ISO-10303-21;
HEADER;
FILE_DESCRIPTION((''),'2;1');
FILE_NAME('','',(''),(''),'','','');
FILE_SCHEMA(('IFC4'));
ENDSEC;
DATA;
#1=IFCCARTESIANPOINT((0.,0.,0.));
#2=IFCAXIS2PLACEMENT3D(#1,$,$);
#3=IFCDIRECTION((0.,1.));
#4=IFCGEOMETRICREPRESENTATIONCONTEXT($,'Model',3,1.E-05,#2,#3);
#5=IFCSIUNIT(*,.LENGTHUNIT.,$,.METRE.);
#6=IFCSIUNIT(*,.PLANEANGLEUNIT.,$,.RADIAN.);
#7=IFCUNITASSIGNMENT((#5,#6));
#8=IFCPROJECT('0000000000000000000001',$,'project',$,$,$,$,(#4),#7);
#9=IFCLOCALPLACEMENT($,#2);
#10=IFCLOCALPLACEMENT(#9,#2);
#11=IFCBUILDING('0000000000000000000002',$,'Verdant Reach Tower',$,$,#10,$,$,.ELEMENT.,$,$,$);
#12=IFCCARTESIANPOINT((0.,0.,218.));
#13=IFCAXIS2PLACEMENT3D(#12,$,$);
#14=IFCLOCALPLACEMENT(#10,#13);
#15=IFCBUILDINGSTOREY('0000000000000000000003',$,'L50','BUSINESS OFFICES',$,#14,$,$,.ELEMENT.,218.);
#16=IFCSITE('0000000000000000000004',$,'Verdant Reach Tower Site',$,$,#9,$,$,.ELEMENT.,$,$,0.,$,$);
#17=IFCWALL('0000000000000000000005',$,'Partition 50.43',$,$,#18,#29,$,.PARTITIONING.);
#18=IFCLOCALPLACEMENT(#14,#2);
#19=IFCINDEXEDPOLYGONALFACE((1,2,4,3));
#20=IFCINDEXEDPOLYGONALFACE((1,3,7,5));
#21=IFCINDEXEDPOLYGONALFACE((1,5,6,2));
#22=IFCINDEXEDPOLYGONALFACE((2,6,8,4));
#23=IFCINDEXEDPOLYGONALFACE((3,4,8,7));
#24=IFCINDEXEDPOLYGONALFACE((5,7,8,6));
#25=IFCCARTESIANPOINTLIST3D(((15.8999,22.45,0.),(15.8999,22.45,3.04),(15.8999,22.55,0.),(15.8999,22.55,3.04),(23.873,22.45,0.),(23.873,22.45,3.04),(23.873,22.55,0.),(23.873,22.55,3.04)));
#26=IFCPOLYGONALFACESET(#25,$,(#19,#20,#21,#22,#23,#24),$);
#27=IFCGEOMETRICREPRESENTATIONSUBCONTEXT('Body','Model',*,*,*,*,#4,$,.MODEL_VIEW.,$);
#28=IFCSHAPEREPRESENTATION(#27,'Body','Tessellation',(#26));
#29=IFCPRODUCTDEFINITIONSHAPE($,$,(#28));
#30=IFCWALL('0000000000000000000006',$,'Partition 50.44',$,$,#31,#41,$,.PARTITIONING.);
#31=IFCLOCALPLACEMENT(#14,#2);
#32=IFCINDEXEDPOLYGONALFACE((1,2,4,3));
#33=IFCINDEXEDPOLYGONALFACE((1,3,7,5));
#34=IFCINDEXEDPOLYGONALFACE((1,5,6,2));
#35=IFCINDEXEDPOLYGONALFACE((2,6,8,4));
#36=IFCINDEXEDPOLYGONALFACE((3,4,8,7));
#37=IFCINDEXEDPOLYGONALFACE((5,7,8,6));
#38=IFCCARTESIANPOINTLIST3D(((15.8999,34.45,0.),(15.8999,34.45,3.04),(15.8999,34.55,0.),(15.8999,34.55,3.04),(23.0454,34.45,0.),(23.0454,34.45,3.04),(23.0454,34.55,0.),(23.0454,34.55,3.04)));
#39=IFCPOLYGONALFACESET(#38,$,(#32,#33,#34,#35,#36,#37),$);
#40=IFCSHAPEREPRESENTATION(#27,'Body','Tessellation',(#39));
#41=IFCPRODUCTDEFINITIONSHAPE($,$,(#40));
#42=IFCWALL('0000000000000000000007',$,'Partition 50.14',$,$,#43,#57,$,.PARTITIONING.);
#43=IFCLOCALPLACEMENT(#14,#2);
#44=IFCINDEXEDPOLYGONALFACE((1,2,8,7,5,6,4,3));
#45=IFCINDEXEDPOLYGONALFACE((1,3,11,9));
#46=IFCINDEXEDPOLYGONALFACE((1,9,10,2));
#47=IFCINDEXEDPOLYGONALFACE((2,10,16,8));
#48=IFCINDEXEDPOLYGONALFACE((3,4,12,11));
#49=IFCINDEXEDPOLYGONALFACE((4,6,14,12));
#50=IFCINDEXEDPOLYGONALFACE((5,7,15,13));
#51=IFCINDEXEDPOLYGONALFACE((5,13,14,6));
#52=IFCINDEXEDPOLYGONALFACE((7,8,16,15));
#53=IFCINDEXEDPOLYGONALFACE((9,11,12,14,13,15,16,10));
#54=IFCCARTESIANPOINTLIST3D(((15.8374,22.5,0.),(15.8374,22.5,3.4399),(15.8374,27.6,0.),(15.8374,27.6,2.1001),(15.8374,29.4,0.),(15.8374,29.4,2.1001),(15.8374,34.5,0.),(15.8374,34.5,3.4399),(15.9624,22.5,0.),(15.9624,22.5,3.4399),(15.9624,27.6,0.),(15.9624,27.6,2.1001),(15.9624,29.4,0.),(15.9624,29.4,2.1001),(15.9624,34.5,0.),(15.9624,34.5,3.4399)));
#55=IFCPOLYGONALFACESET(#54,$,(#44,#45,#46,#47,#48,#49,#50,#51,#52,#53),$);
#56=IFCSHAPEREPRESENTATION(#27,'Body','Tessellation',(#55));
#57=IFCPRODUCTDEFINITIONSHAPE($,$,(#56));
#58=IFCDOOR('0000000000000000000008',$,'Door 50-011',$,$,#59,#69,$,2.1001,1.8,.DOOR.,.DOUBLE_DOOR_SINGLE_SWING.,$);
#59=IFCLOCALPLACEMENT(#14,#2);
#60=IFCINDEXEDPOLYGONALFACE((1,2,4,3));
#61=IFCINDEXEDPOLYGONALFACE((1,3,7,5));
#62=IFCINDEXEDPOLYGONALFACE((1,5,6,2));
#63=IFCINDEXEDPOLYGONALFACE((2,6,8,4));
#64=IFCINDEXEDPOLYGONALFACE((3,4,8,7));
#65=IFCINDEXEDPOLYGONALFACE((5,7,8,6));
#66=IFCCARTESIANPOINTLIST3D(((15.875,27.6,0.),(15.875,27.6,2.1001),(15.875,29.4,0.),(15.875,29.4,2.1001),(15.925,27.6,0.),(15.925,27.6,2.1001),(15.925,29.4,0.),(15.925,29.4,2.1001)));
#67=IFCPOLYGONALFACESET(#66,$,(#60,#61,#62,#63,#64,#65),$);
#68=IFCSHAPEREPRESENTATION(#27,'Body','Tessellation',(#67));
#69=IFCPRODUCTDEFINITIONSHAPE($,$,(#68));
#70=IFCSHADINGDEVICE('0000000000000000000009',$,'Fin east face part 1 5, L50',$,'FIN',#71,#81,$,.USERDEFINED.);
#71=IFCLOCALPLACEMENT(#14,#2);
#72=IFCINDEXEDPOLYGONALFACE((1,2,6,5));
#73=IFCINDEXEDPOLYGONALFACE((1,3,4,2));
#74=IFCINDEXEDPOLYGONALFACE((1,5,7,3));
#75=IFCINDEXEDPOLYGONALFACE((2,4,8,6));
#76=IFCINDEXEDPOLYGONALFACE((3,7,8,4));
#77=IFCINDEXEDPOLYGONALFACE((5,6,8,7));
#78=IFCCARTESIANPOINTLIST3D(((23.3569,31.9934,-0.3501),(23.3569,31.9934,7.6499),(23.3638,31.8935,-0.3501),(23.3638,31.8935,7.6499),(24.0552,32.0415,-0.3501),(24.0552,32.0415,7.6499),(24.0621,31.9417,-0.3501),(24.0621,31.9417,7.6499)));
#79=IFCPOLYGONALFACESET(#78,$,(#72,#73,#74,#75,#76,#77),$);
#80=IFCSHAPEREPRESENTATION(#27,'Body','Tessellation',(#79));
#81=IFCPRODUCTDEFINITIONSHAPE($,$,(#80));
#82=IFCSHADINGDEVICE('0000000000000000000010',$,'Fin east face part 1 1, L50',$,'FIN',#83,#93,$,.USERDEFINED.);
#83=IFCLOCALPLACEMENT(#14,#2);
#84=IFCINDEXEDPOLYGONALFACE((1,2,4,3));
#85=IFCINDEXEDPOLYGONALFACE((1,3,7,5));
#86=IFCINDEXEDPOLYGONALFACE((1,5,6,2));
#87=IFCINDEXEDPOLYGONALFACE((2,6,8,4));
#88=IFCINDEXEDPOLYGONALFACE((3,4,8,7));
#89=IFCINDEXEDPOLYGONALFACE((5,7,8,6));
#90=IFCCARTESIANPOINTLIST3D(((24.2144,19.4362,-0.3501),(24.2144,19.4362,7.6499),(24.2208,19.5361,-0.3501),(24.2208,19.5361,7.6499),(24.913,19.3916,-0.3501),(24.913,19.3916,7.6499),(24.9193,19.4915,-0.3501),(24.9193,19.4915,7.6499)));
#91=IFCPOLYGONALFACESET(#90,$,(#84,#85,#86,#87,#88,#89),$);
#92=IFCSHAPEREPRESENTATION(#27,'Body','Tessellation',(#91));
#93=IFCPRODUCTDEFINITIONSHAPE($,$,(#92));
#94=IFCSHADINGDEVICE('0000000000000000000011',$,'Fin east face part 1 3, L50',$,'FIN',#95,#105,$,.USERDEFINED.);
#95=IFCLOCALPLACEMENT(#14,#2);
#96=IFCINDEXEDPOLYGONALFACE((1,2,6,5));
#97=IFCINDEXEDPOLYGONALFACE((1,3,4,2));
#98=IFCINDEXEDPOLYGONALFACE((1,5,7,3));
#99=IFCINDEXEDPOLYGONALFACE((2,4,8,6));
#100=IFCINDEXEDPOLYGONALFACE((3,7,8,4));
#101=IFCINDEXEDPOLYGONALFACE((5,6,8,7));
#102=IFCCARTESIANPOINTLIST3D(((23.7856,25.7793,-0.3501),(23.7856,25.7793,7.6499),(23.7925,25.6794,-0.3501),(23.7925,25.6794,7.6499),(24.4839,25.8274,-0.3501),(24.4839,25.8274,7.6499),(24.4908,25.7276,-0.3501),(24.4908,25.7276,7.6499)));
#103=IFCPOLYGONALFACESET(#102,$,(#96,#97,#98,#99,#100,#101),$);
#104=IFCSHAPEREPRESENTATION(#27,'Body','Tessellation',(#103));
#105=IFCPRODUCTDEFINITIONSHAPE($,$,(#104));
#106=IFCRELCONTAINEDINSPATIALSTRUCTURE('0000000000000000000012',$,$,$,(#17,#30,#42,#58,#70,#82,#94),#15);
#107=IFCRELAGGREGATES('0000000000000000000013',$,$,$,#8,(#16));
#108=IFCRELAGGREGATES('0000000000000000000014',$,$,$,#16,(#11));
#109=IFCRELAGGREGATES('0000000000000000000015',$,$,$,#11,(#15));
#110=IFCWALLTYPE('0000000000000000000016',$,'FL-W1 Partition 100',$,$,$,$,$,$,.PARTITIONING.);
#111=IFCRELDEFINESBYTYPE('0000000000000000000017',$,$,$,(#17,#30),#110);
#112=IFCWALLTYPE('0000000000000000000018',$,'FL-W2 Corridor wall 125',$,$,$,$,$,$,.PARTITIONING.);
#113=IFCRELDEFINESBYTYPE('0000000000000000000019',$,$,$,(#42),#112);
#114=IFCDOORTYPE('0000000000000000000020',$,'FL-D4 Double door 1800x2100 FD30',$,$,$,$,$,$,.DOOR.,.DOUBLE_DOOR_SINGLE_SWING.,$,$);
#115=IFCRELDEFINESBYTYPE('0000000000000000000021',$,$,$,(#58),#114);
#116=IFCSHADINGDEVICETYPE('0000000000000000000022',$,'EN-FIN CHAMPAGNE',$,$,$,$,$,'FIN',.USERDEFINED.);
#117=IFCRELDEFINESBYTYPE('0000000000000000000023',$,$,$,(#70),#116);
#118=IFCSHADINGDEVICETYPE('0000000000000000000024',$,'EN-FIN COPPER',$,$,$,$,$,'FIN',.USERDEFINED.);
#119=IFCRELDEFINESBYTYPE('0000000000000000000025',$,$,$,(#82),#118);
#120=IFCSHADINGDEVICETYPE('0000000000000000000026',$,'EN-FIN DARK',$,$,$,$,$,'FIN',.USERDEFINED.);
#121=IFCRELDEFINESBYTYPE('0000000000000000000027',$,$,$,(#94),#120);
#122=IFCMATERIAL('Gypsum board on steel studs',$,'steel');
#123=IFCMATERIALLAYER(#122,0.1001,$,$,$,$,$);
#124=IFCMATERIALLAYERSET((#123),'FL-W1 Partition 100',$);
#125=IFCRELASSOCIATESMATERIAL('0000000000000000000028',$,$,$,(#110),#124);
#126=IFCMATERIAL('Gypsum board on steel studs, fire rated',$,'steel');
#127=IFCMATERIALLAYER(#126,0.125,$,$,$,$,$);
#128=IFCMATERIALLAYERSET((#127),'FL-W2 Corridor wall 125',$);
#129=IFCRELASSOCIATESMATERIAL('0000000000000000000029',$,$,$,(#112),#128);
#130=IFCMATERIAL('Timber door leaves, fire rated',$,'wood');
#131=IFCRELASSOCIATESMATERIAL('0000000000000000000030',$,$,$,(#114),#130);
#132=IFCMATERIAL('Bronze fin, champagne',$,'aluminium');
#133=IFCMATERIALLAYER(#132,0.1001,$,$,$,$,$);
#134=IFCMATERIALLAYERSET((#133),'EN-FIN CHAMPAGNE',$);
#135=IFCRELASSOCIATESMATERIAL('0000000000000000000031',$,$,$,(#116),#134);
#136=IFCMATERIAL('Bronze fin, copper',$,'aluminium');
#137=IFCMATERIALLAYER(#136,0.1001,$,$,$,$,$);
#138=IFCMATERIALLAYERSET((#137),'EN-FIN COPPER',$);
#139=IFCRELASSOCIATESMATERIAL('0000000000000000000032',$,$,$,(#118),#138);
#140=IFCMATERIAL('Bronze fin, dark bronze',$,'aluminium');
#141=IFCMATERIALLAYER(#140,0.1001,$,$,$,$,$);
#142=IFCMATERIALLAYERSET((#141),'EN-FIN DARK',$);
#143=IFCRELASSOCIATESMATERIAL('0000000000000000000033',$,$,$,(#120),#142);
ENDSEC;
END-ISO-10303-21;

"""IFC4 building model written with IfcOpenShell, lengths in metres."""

from ifc_helpers import new_model, si_unit, direction, frame, frame_2d, origin, origin_2d, place, context, subcontext, project, spatial, rectangle, extrude, material, layer, layer_set, type_object, element, fill, save


model = new_model("IFC4")

# Units and contexts
model_context = context("Model", 3, precision=1e-05, world=origin(), true_north=direction((0.0, 1.0)))
body_context = subcontext(model_context, "Body", "Model", "MODEL_VIEW")
ifc_project = project(units=[si_unit("LENGTHUNIT", "METRE"), si_unit("PLANEANGLEUNIT", "RADIAN")], contexts=[model_context])

# Site, building, storey
site_placement = place(None, origin())
site = spatial("IfcSite", under=ifc_project, at=site_placement, Name="Verdant Reach Tower Site", CompositionType="ELEMENT", RefElevation=0.0)
building_placement = place(site_placement, origin())
building = spatial("IfcBuilding", under=site, at=building_placement, Name="Verdant Reach Tower", CompositionType="ELEMENT")
storey_placement = place(building_placement, frame((0.0, 0.0, 218.0)))
storey = spatial("IfcBuildingStorey", under=building, at=storey_placement, Name="L50", Description="BUSINESS OFFICES", CompositionType="ELEMENT", Elevation=218.0)

# Walls
ifc_material_1 = material(Name="Gypsum board on steel studs", Category="steel")
ifc_layer_1 = layer(ifc_material_1, 0.1001)
ifc_layer_set_1 = layer_set([ifc_layer_1], Name="FL-W1 Partition 100")
wall_type_1 = type_object("IfcWallType", Name="FL-W1 Partition 100", PredefinedType="PARTITIONING", material=ifc_layer_set_1)
wall_1_placement = place(storey_placement, frame((23.873, 22.5, 0.0), z_axis=(0.0, 0.0, 1.0), x_axis=(-1.0, 0.0, 0.0)))
element("IfcWall", 1, at=wall_1_placement, inside=storey, type_object=wall_type_1, Name="Partition 50.43", PredefinedType="PARTITIONING", context=body_context, shape_type="SweptSolid", body=[
    extrude(rectangle(XDim=7.9731, YDim=0.1001, at=frame_2d((3.9866, 0.0))), origin(), (0.0, 0.0, 1.0), 3.04),
])
wall_2_placement = place(storey_placement, frame((23.0454, 34.5, 0.0), z_axis=(0.0, 0.0, 1.0), x_axis=(-1.0, 0.0, 0.0)))
element("IfcWall", 2, at=wall_2_placement, inside=storey, type_object=wall_type_1, Name="Partition 50.44", PredefinedType="PARTITIONING", context=body_context, shape_type="SweptSolid", body=[
    extrude(rectangle(XDim=7.1455, YDim=0.1001, at=frame_2d((3.5728, 0.0))), origin(), (0.0, 0.0, 1.0), 3.04),
])

# Wall, opening, door
ifc_material_2 = material(Name="Gypsum board on steel studs, fire rated", Category="steel")
ifc_layer_2 = layer(ifc_material_2, 0.125)
ifc_layer_set_2 = layer_set([ifc_layer_2], Name="FL-W2 Corridor wall 125")
wall_type_2 = type_object("IfcWallType", Name="FL-W2 Corridor wall 125", PredefinedType="PARTITIONING", material=ifc_layer_set_2)
wall_3_placement = place(storey_placement, frame((15.8999, 22.5, 0.0), z_axis=(0.0, 0.0, 1.0), x_axis=(0.0, 1.0, 0.0)))
wall_3 = element("IfcWall", 3, at=wall_3_placement, inside=storey, type_object=wall_type_2, Name="Partition 50.14", PredefinedType="PARTITIONING", context=body_context, shape_type="SweptSolid", body=[
    extrude(rectangle(XDim=12.0, YDim=0.125, at=frame_2d((6.0, 0.0))), origin(), (0.0, 0.0, 1.0), 3.4399),
])
opening_placement = place(wall_3_placement, frame((5.1001, 0.0, 0.0)))
opening = element("IfcOpeningElement", 4, at=opening_placement, cuts=wall_3, PredefinedType="OPENING", context=body_context, shape_type="SweptSolid", body=[
    extrude(rectangle(XDim=1.8, YDim=2.1001, at=frame_2d((0.8999, 1.05))), frame((0.0, 0.0725, 0.0), z_axis=(0.0, -1.0, 0.0), x_axis=(1.0, 0.0, 0.0)), (0.0, 0.0, 1.0), 0.145),
])
ifc_material_3 = material(Name="Timber door leaves, fire rated", Category="wood")
door_type = type_object("IfcDoorType", Name="FL-D4 Double door 1800x2100 FD30", OperationType="DOUBLE_DOOR_SINGLE_SWING", PredefinedType="DOOR", material=ifc_material_3)
door_placement = place(opening_placement, origin())
door = element("IfcDoor", 5, at=door_placement, inside=storey, type_object=door_type, Name="Door 50-011", OperationType="DOUBLE_DOOR_SINGLE_SWING", OverallHeight=2.1001, OverallWidth=1.8, PredefinedType="DOOR", context=body_context, shape_type="SweptSolid", body=[
    extrude(rectangle(XDim=1.8, YDim=2.1001, at=frame_2d((0.8999, 1.05))), frame((0.0, 0.0249, 0.0), z_axis=(0.0, -1.0, 0.0), x_axis=(1.0, 0.0, 0.0)), (0.0, 0.0, 1.0), 0.05),
])
fill(opening, door)

# Shading devices
ifc_material_4 = material(Name="Bronze fin, champagne", Category="aluminium")
ifc_layer_3 = layer(ifc_material_4, 0.1001)
ifc_layer_set_3 = layer_set([ifc_layer_3], Name="EN-FIN CHAMPAGNE")
shading_device_type_1 = type_object("IfcShadingDeviceType", Name="EN-FIN CHAMPAGNE", ElementType="FIN", PredefinedType="USERDEFINED", material=ifc_layer_set_3)
shading_device_1_placement = place(storey_placement, frame((23.7095, 31.9675, -0.3501), z_axis=(0.0, 0.0, 1.0), x_axis=(-0.068802, 0.99763, 0.0)))
element("IfcShadingDevice", 6, at=shading_device_1_placement, inside=storey, type_object=shading_device_type_1, Name="Fin east face part 1 5, L50", ObjectType="FIN", PredefinedType="USERDEFINED", context=body_context, shape_type="SweptSolid", body=[
    extrude(rectangle(XDim=0.1001, YDim=0.7, at=origin_2d()), origin(), (0.0, 0.0, 1.0), 8.0),
])
ifc_material_5 = material(Name="Bronze fin, copper", Category="aluminium")
ifc_layer_4 = layer(ifc_material_5, 0.1001)
ifc_layer_set_4 = layer_set([ifc_layer_4], Name="EN-FIN COPPER")
shading_device_type_2 = type_object("IfcShadingDeviceType", Name="EN-FIN COPPER", ElementType="FIN", PredefinedType="USERDEFINED", material=ifc_layer_set_4)
shading_device_2_placement = place(storey_placement, frame((24.5669, 19.4639, -0.3501), z_axis=(0.0, 0.0, 1.0), x_axis=(0.063699, 0.997969, 0.0)))
element("IfcShadingDevice", 7, at=shading_device_2_placement, inside=storey, type_object=shading_device_type_2, Name="Fin east face part 1 1, L50", ObjectType="FIN", PredefinedType="USERDEFINED", context=body_context, shape_type="SweptSolid", body=[
    extrude(rectangle(XDim=0.1001, YDim=0.7, at=origin_2d()), origin(), (0.0, 0.0, 1.0), 8.0),
])
ifc_material_6 = material(Name="Bronze fin, dark bronze", Category="aluminium")
ifc_layer_5 = layer(ifc_material_6, 0.1001)
ifc_layer_set_5 = layer_set([ifc_layer_5], Name="EN-FIN DARK")
shading_device_type_3 = type_object("IfcShadingDeviceType", Name="EN-FIN DARK", ElementType="FIN", PredefinedType="USERDEFINED", material=ifc_layer_set_5)
shading_device_3_placement = place(storey_placement, frame((24.1382, 25.7534, -0.3501), z_axis=(0.0, 0.0, 1.0), x_axis=(-0.068802, 0.99763, 0.0)))
element("IfcShadingDevice", 8, at=shading_device_3_placement, inside=storey, type_object=shading_device_type_3, Name="Fin east face part 1 3, L50", ObjectType="FIN", PredefinedType="USERDEFINED", context=body_context, shape_type="SweptSolid", body=[
    extrude(rectangle(XDim=0.1001, YDim=0.7, at=origin_2d()), origin(), (0.0, 0.0, 1.0), 8.0),
])

save(model, "model.ifc")
